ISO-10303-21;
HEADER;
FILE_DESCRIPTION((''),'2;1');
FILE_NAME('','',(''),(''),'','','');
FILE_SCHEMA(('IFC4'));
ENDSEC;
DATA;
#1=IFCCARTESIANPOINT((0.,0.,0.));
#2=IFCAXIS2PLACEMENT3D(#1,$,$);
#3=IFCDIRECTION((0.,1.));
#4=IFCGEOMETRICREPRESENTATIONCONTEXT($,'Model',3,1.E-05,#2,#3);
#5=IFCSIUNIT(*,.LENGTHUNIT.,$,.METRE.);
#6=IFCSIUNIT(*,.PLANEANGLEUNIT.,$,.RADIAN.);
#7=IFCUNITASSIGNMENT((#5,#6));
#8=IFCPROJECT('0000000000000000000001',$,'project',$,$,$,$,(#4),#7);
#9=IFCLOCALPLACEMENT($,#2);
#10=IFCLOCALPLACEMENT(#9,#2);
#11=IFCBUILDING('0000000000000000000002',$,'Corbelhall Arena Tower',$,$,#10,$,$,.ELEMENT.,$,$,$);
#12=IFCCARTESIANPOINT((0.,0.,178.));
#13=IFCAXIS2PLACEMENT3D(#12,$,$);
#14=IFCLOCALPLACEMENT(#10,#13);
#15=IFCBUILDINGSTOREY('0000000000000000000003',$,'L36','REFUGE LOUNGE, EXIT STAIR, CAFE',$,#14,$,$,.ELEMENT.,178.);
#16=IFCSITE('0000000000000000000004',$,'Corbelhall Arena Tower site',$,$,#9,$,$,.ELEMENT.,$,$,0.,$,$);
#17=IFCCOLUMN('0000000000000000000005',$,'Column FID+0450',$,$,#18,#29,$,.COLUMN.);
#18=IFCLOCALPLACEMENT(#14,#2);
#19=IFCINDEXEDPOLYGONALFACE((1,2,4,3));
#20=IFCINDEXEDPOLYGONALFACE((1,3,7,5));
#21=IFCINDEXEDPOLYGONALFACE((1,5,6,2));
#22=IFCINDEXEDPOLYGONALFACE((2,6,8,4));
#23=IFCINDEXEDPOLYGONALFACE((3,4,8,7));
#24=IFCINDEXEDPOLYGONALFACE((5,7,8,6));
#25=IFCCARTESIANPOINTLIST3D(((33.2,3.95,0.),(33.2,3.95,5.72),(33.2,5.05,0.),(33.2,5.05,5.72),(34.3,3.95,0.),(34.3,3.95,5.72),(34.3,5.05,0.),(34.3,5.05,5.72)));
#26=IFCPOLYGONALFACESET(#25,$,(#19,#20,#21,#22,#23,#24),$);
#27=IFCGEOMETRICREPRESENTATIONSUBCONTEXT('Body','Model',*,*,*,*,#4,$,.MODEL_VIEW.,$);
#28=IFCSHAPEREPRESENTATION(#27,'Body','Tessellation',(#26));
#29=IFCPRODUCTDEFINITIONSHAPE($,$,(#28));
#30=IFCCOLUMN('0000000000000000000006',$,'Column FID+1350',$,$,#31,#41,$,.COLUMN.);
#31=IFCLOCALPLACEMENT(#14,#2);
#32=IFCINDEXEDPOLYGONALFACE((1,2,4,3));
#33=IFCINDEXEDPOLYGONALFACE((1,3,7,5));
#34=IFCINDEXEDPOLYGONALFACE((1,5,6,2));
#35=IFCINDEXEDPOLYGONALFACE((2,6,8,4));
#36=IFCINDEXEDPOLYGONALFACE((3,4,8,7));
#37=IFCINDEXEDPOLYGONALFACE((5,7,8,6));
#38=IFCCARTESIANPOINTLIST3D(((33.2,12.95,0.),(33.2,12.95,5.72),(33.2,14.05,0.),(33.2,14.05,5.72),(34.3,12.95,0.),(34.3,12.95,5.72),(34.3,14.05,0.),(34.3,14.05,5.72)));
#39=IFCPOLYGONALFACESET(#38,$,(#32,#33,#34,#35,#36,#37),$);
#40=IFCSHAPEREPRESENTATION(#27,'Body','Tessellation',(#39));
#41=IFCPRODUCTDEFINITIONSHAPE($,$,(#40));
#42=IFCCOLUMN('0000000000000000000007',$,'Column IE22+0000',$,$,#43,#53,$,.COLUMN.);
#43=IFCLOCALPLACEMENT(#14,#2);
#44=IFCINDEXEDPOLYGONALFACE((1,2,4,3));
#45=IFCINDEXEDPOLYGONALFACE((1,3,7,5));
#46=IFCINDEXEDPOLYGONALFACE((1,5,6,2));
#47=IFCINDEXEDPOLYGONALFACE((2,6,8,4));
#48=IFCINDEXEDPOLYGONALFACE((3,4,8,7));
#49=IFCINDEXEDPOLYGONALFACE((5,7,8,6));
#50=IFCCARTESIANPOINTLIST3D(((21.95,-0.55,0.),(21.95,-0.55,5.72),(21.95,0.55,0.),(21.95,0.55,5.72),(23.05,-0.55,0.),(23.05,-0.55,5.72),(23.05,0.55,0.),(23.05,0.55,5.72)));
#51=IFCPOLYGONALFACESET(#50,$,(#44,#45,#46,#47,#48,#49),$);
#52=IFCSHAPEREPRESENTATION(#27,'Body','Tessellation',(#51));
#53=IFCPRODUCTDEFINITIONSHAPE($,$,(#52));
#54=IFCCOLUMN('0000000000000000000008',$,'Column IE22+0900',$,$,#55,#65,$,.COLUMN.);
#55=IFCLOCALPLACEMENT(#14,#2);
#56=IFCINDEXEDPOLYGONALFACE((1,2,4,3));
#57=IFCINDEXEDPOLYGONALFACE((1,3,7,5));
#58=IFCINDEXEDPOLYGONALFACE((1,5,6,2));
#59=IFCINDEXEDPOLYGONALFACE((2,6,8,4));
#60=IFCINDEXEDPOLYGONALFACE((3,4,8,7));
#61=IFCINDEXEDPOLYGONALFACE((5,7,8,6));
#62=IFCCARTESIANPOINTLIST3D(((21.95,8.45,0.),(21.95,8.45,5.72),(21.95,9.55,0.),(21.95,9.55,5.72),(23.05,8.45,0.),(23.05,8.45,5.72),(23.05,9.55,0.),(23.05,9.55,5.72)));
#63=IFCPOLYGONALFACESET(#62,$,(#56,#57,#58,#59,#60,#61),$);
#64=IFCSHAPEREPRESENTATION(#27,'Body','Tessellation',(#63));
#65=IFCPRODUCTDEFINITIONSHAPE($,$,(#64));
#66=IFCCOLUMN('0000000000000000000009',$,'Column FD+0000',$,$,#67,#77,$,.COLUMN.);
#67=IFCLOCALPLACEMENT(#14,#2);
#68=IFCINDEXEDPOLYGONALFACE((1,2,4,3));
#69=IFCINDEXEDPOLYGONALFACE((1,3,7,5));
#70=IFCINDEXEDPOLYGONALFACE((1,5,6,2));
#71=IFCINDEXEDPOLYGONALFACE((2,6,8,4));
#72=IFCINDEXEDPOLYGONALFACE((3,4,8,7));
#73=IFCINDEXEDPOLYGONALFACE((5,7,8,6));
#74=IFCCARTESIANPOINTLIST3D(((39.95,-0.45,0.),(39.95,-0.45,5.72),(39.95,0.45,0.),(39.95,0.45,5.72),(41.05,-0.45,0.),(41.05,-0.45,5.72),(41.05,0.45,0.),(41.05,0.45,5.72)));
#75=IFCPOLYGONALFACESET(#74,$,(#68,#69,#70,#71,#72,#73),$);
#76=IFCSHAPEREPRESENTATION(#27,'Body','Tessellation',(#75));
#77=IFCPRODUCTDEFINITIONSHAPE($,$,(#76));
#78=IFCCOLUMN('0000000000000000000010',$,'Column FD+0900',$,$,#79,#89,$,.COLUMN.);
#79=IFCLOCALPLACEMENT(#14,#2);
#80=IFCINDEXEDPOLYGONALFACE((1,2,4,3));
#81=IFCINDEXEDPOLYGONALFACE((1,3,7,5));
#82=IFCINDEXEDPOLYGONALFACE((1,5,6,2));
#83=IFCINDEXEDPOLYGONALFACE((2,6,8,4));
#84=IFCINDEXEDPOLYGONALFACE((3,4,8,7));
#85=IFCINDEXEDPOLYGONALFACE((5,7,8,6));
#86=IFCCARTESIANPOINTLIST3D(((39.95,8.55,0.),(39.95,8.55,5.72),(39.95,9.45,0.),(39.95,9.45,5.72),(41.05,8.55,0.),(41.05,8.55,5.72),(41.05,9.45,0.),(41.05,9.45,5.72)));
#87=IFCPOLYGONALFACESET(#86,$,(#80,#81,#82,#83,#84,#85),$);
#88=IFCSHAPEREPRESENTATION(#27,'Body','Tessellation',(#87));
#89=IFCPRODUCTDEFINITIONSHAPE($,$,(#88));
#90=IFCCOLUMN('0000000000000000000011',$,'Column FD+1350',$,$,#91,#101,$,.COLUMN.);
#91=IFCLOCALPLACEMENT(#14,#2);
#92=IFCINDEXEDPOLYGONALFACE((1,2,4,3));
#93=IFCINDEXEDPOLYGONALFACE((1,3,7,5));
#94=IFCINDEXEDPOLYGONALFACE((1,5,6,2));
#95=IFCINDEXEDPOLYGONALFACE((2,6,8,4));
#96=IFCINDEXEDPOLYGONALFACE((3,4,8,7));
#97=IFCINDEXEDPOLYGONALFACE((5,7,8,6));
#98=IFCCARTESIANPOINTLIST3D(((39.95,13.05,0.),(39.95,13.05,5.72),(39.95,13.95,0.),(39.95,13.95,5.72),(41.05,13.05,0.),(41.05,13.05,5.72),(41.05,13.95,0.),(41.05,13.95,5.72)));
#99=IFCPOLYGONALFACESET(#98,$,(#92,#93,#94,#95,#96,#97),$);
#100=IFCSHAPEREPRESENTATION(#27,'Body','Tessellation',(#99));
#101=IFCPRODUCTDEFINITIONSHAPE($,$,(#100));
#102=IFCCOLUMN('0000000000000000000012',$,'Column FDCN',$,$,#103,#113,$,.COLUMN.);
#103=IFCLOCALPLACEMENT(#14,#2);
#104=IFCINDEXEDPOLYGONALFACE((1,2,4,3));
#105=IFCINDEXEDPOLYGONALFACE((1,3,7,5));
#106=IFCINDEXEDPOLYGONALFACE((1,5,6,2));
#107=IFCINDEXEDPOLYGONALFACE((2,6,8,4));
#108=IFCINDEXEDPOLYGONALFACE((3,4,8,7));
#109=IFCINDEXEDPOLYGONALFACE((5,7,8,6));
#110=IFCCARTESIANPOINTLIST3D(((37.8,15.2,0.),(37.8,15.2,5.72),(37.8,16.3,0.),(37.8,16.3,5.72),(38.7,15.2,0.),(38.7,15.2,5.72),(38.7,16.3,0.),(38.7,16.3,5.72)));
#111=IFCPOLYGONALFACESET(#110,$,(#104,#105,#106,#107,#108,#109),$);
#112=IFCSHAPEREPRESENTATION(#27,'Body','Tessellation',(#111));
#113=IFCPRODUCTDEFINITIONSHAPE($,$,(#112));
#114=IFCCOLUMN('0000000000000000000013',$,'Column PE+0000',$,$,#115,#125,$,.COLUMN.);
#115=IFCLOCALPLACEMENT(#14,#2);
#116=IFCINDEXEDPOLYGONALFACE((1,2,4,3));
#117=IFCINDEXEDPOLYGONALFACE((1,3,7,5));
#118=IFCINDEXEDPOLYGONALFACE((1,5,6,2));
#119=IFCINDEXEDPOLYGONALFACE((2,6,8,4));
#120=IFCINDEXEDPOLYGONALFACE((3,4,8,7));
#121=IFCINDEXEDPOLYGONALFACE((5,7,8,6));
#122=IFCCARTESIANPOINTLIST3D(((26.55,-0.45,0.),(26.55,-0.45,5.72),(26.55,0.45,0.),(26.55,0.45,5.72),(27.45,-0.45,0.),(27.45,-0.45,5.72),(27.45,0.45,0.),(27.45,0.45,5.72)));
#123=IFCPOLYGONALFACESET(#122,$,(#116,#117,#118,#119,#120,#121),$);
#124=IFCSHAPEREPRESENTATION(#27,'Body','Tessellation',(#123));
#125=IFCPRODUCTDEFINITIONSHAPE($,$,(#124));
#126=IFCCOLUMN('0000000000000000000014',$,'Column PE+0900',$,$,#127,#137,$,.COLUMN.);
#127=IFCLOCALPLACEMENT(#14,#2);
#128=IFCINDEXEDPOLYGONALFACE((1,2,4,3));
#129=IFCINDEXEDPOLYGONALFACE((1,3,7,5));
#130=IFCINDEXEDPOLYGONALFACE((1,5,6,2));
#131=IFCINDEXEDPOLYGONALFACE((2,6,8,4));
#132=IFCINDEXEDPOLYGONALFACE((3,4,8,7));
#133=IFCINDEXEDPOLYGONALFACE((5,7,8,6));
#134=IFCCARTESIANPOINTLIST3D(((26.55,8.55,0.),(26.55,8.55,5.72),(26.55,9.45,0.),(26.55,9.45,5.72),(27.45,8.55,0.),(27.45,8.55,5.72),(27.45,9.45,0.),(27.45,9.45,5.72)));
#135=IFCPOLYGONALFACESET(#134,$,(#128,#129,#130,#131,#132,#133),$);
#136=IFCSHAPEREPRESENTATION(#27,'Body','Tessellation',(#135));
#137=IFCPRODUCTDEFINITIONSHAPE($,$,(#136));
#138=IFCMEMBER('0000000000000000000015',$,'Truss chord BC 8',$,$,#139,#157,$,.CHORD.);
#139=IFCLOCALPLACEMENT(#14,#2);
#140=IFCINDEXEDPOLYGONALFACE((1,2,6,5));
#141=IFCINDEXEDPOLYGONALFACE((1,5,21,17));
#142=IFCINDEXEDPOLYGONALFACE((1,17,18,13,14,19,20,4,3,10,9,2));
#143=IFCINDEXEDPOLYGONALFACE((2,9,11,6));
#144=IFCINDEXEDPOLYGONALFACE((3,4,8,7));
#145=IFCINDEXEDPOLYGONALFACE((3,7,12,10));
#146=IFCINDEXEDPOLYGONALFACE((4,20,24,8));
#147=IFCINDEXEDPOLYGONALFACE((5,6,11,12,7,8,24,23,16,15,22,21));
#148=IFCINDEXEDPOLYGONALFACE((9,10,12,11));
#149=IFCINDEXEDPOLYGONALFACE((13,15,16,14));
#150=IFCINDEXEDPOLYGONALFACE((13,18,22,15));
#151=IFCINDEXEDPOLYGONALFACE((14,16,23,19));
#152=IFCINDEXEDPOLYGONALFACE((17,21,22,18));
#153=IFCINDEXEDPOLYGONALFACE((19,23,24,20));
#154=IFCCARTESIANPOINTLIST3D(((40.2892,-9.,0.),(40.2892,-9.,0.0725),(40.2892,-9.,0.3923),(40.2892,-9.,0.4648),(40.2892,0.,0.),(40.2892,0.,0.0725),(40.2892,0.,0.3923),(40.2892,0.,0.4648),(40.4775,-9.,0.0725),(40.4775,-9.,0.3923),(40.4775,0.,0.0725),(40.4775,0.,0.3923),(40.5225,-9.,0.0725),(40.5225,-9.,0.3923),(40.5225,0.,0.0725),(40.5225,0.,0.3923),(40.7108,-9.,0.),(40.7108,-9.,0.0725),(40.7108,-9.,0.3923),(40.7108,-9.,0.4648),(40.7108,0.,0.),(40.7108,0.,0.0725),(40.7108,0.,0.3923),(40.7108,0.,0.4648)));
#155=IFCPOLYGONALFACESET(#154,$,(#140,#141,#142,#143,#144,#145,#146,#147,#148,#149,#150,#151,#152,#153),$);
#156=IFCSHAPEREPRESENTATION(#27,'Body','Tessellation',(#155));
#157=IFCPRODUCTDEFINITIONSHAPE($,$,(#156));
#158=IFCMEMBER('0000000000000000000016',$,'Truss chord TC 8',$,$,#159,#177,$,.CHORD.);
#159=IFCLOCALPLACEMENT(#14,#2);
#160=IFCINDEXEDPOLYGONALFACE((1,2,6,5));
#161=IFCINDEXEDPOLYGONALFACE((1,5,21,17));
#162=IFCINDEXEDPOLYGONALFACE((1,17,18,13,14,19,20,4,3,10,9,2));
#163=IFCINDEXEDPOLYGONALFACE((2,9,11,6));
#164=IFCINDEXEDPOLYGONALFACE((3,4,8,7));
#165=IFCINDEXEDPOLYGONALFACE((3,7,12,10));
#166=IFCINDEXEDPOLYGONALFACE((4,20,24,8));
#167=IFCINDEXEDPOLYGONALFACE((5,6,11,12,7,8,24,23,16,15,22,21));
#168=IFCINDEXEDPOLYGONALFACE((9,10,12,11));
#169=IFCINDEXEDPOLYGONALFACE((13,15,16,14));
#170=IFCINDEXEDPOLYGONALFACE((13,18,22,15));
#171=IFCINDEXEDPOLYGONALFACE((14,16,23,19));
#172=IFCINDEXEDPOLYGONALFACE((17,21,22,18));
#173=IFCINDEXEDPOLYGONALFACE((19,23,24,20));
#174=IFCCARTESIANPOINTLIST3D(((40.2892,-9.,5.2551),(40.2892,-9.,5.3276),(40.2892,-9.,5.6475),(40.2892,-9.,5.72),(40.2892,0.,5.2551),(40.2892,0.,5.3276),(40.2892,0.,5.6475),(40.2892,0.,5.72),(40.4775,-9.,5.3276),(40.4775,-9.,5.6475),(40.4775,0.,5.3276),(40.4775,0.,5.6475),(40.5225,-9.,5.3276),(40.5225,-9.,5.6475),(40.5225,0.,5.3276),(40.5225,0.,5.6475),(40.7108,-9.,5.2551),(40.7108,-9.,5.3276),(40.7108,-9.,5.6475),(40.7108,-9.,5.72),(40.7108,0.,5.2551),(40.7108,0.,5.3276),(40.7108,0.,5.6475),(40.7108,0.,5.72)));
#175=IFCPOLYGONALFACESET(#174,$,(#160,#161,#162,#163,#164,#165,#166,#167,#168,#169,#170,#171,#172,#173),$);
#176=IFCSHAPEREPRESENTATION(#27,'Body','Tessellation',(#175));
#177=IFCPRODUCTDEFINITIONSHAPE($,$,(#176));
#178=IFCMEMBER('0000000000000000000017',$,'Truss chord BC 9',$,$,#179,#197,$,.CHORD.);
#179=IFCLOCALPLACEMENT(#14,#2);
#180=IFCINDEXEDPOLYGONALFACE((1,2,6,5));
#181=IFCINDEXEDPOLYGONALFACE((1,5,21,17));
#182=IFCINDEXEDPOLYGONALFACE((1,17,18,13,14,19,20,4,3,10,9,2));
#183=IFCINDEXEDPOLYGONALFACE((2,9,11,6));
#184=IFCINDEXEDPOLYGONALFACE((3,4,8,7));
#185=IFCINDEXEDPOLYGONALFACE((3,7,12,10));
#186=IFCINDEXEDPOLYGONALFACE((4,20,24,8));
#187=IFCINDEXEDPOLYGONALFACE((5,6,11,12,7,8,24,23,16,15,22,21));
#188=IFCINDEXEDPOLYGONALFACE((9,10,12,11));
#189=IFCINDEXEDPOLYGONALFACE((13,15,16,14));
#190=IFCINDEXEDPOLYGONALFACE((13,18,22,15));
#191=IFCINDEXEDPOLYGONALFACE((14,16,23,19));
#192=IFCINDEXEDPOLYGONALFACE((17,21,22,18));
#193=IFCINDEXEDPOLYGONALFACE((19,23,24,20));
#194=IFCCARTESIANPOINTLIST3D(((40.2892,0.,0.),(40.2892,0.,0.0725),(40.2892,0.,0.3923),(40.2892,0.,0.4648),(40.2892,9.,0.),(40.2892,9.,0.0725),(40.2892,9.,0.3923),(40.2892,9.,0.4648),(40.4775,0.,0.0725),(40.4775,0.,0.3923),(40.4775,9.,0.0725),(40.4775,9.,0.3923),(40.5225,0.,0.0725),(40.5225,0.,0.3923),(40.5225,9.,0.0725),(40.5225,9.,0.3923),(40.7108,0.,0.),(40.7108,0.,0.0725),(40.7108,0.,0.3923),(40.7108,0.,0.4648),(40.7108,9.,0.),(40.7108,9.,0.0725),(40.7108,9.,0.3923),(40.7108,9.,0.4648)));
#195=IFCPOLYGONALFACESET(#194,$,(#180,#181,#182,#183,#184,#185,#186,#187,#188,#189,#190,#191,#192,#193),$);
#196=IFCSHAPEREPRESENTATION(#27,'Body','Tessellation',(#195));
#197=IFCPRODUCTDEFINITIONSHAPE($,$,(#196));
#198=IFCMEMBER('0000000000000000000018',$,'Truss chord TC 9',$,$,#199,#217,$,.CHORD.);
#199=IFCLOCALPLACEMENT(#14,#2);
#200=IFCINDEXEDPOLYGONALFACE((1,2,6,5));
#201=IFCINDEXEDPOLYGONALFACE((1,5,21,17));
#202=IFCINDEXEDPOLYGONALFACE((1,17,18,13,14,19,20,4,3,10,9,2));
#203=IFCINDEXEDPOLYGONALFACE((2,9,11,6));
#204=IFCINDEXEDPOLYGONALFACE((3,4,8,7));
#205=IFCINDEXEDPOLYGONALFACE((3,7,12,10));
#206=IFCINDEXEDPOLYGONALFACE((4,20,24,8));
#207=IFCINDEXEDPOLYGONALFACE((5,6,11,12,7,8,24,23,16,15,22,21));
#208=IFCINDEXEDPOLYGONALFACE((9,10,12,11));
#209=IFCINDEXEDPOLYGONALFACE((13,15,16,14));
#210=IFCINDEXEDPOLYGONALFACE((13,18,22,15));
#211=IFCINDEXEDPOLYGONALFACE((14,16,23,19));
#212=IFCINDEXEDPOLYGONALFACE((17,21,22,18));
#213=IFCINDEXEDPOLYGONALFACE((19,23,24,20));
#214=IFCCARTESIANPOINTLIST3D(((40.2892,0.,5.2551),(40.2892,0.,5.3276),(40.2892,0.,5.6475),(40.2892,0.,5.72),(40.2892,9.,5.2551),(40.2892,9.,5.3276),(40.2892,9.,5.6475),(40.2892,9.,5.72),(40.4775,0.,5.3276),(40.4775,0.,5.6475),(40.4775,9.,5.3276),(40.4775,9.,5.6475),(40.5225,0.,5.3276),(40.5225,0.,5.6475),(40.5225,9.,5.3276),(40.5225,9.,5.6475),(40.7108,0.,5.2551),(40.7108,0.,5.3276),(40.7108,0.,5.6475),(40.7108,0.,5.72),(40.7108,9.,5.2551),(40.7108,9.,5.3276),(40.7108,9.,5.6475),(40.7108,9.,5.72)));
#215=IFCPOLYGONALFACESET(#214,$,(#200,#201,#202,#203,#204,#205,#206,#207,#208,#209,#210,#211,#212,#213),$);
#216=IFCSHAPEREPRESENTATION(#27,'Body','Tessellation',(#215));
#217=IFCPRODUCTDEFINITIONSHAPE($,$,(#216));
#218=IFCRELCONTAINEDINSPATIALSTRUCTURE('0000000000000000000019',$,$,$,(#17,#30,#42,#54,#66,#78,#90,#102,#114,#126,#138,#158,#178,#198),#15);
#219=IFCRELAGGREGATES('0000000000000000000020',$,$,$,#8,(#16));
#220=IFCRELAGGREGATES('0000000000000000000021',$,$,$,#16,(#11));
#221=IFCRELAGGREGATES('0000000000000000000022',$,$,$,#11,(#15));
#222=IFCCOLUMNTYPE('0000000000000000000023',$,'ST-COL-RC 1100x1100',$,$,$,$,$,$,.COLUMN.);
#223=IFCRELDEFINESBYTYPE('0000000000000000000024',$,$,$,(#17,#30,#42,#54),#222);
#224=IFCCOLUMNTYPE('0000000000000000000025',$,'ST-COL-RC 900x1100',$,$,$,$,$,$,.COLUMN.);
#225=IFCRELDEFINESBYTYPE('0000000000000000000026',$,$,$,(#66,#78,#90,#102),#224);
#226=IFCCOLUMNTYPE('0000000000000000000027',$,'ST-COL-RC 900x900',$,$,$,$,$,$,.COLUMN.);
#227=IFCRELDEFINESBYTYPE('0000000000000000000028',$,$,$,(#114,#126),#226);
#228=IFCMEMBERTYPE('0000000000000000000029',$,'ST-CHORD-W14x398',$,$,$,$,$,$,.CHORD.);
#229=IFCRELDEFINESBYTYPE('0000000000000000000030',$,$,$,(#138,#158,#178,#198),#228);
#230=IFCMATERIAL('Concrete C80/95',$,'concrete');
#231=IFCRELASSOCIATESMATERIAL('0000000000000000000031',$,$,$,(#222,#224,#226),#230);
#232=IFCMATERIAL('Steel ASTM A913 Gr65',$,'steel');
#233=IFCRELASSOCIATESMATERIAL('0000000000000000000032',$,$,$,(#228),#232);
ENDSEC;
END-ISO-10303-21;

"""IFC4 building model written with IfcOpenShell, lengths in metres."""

from ifc_helpers import new_model, si_unit, direction, frame, origin, origin_2d, place, context, subcontext, project, spatial, rectangle, i_section, extrude, material, material_profile, profile_set, type_object, element, save


model = new_model("IFC4")

# Units and contexts
model_context = context("Model", 3, precision=1e-05, world=origin(), true_north=direction((0.0, 1.0)))
body_context = subcontext(model_context, "Body", "Model", "MODEL_VIEW")
ifc_project = project(units=[si_unit("LENGTHUNIT", "METRE"), si_unit("PLANEANGLEUNIT", "RADIAN")], contexts=[model_context])

# Site, building, storey
site_placement = place(None, origin())
site = spatial("IfcSite", under=ifc_project, at=site_placement, Name="Corbelhall Arena Tower site", CompositionType="ELEMENT", RefElevation=0.0)
building_placement = place(site_placement, origin())
building = spatial("IfcBuilding", under=site, at=building_placement, Name="Corbelhall Arena Tower", CompositionType="ELEMENT")
storey_placement = place(building_placement, frame((0.0, 0.0, 178.0)))
storey = spatial("IfcBuildingStorey", under=building, at=storey_placement, Name="L36", Description="REFUGE LOUNGE, EXIT STAIR, CAFE", CompositionType="ELEMENT", Elevation=178.0)

# Columns
ifc_material_1 = material(Name="Concrete C80/95", Category="concrete")
ifc_material_profile_1 = material_profile(ifc_material_1, rectangle(XDim=1.1001, YDim=1.1001, at=origin_2d()))
ifc_profile_set_1 = profile_set([ifc_material_profile_1], Name="Concrete C80/95")
column_type_1 = type_object("IfcColumnType", Name="ST-COL-RC 1100x1100", PredefinedType="COLUMN", material=ifc_profile_set_1)
for number, where, z_axis, x_axis, name in (
    (1, (33.75, 4.5, 0.0), (0.0, 0.0, 1.0), (1.0, 0.0, 0.0), "Column FID+0450"),
    (2, (33.75, 13.5, 0.0), (0.0, 0.0, 1.0), (1.0, 0.0, 0.0), "Column FID+1350"),
    (3, (22.5, 0.0, 0.0), (0.0, 0.0, 1.0), (1.0, 0.0, 0.0), "Column IE22+0000"),
    (4, (22.5, 9.0, 0.0), (0.0, 0.0, 1.0), (1.0, 0.0, 0.0), "Column IE22+0900"),
):
    element("IfcColumn", number, at=place(storey_placement, frame(where, z_axis=z_axis, x_axis=x_axis)), inside=storey, type_object=column_type_1, Name=name, PredefinedType="COLUMN", context=body_context, shape_type="SweptSolid", body=[
        extrude(rectangle(XDim=1.1001, YDim=1.1001, at=origin_2d()), origin(), (0.0, 0.0, 1.0), 5.72),
    ])
ifc_material_profile_2 = material_profile(ifc_material_1, rectangle(XDim=0.8999, YDim=1.1001, at=origin_2d()))
ifc_profile_set_2 = profile_set([ifc_material_profile_2], Name="Concrete C80/95")
column_type_2 = type_object("IfcColumnType", Name="ST-COL-RC 900x1100", PredefinedType="COLUMN", material=ifc_profile_set_2)
for number, where, z_axis, x_axis, name in (
    (5, (40.5, 0.0, 0.0), (0.0, 0.0, 1.0), (0.0, 1.0, 0.0), "Column FD+0000"),
    (6, (40.5, 9.0, 0.0), (0.0, 0.0, 1.0), (0.0, 1.0, 0.0), "Column FD+0900"),
    (7, (40.5, 13.5, 0.0), (0.0, 0.0, 1.0), (0.0, 1.0, 0.0), "Column FD+1350"),
    (8, (38.25, 15.75, 0.0), (0.0, 0.0, 1.0), (1.0, 0.0, 0.0), "Column FDCN"),
):
    element("IfcColumn", number, at=place(storey_placement, frame(where, z_axis=z_axis, x_axis=x_axis)), inside=storey, type_object=column_type_2, Name=name, PredefinedType="COLUMN", context=body_context, shape_type="SweptSolid", body=[
        extrude(rectangle(XDim=0.8999, YDim=1.1001, at=origin_2d()), origin(), (0.0, 0.0, 1.0), 5.72),
    ])
ifc_material_profile_3 = material_profile(ifc_material_1, rectangle(XDim=0.8999, YDim=0.8999, at=origin_2d()))
ifc_profile_set_3 = profile_set([ifc_material_profile_3], Name="Concrete C80/95")
column_type_3 = type_object("IfcColumnType", Name="ST-COL-RC 900x900", PredefinedType="COLUMN", material=ifc_profile_set_3)
for number, where, z_axis, x_axis, name in (
    (9, (27.0, 0.0, 0.0), (0.0, 0.0, 1.0), (1.0, 0.0, 0.0), "Column PE+0000"),
    (10, (27.0, 9.0, 0.0), (0.0, 0.0, 1.0), (1.0, 0.0, 0.0), "Column PE+0900"),
):
    element("IfcColumn", number, at=place(storey_placement, frame(where, z_axis=z_axis, x_axis=x_axis)), inside=storey, type_object=column_type_3, Name=name, PredefinedType="COLUMN", context=body_context, shape_type="SweptSolid", body=[
        extrude(rectangle(XDim=0.8999, YDim=0.8999, at=origin_2d()), origin(), (0.0, 0.0, 1.0), 5.72),
    ])

# Members
ifc_material_2 = material(Name="Steel ASTM A913 Gr65", Category="steel")
ifc_material_profile_4 = material_profile(ifc_material_2, i_section(OverallWidth=0.4216, OverallDepth=0.4648, WebThickness=0.0449, FlangeThickness=0.0725, at=origin_2d()))
ifc_profile_set_4 = profile_set([ifc_material_profile_4], Name="Steel ASTM A913 Gr65")
member_type_1 = type_object("IfcMemberType", Name="ST-CHORD-W14x398", PredefinedType="CHORD", material=ifc_profile_set_4)
for number, where, z_axis, x_axis, name in (
    (11, (40.5, 0.0, 0.2324), (0.0, -1.0, 0.0), (1.0, 0.0, 0.0), "Truss chord BC 8"),
    (12, (40.5, 0.0, 5.4875), (0.0, -1.0, 0.0), (1.0, 0.0, 0.0), "Truss chord TC 8"),
    (13, (40.5, 9.0, 0.2324), (0.0, -1.0, 0.0), (1.0, 0.0, 0.0), "Truss chord BC 9"),
    (14, (40.5, 9.0, 5.4875), (0.0, -1.0, 0.0), (1.0, 0.0, 0.0), "Truss chord TC 9"),
):
    element("IfcMember", number, at=place(storey_placement, frame(where, z_axis=z_axis, x_axis=x_axis)), inside=storey, type_object=member_type_1, Name=name, PredefinedType="CHORD", context=body_context, shape_type="SweptSolid", body=[
        extrude(i_section(OverallWidth=0.4216, OverallDepth=0.4648, WebThickness=0.0449, FlangeThickness=0.0725, at=origin_2d()), origin(), (0.0, 0.0, 1.0), 9.0),
    ])

save(model, "model.ifc")
